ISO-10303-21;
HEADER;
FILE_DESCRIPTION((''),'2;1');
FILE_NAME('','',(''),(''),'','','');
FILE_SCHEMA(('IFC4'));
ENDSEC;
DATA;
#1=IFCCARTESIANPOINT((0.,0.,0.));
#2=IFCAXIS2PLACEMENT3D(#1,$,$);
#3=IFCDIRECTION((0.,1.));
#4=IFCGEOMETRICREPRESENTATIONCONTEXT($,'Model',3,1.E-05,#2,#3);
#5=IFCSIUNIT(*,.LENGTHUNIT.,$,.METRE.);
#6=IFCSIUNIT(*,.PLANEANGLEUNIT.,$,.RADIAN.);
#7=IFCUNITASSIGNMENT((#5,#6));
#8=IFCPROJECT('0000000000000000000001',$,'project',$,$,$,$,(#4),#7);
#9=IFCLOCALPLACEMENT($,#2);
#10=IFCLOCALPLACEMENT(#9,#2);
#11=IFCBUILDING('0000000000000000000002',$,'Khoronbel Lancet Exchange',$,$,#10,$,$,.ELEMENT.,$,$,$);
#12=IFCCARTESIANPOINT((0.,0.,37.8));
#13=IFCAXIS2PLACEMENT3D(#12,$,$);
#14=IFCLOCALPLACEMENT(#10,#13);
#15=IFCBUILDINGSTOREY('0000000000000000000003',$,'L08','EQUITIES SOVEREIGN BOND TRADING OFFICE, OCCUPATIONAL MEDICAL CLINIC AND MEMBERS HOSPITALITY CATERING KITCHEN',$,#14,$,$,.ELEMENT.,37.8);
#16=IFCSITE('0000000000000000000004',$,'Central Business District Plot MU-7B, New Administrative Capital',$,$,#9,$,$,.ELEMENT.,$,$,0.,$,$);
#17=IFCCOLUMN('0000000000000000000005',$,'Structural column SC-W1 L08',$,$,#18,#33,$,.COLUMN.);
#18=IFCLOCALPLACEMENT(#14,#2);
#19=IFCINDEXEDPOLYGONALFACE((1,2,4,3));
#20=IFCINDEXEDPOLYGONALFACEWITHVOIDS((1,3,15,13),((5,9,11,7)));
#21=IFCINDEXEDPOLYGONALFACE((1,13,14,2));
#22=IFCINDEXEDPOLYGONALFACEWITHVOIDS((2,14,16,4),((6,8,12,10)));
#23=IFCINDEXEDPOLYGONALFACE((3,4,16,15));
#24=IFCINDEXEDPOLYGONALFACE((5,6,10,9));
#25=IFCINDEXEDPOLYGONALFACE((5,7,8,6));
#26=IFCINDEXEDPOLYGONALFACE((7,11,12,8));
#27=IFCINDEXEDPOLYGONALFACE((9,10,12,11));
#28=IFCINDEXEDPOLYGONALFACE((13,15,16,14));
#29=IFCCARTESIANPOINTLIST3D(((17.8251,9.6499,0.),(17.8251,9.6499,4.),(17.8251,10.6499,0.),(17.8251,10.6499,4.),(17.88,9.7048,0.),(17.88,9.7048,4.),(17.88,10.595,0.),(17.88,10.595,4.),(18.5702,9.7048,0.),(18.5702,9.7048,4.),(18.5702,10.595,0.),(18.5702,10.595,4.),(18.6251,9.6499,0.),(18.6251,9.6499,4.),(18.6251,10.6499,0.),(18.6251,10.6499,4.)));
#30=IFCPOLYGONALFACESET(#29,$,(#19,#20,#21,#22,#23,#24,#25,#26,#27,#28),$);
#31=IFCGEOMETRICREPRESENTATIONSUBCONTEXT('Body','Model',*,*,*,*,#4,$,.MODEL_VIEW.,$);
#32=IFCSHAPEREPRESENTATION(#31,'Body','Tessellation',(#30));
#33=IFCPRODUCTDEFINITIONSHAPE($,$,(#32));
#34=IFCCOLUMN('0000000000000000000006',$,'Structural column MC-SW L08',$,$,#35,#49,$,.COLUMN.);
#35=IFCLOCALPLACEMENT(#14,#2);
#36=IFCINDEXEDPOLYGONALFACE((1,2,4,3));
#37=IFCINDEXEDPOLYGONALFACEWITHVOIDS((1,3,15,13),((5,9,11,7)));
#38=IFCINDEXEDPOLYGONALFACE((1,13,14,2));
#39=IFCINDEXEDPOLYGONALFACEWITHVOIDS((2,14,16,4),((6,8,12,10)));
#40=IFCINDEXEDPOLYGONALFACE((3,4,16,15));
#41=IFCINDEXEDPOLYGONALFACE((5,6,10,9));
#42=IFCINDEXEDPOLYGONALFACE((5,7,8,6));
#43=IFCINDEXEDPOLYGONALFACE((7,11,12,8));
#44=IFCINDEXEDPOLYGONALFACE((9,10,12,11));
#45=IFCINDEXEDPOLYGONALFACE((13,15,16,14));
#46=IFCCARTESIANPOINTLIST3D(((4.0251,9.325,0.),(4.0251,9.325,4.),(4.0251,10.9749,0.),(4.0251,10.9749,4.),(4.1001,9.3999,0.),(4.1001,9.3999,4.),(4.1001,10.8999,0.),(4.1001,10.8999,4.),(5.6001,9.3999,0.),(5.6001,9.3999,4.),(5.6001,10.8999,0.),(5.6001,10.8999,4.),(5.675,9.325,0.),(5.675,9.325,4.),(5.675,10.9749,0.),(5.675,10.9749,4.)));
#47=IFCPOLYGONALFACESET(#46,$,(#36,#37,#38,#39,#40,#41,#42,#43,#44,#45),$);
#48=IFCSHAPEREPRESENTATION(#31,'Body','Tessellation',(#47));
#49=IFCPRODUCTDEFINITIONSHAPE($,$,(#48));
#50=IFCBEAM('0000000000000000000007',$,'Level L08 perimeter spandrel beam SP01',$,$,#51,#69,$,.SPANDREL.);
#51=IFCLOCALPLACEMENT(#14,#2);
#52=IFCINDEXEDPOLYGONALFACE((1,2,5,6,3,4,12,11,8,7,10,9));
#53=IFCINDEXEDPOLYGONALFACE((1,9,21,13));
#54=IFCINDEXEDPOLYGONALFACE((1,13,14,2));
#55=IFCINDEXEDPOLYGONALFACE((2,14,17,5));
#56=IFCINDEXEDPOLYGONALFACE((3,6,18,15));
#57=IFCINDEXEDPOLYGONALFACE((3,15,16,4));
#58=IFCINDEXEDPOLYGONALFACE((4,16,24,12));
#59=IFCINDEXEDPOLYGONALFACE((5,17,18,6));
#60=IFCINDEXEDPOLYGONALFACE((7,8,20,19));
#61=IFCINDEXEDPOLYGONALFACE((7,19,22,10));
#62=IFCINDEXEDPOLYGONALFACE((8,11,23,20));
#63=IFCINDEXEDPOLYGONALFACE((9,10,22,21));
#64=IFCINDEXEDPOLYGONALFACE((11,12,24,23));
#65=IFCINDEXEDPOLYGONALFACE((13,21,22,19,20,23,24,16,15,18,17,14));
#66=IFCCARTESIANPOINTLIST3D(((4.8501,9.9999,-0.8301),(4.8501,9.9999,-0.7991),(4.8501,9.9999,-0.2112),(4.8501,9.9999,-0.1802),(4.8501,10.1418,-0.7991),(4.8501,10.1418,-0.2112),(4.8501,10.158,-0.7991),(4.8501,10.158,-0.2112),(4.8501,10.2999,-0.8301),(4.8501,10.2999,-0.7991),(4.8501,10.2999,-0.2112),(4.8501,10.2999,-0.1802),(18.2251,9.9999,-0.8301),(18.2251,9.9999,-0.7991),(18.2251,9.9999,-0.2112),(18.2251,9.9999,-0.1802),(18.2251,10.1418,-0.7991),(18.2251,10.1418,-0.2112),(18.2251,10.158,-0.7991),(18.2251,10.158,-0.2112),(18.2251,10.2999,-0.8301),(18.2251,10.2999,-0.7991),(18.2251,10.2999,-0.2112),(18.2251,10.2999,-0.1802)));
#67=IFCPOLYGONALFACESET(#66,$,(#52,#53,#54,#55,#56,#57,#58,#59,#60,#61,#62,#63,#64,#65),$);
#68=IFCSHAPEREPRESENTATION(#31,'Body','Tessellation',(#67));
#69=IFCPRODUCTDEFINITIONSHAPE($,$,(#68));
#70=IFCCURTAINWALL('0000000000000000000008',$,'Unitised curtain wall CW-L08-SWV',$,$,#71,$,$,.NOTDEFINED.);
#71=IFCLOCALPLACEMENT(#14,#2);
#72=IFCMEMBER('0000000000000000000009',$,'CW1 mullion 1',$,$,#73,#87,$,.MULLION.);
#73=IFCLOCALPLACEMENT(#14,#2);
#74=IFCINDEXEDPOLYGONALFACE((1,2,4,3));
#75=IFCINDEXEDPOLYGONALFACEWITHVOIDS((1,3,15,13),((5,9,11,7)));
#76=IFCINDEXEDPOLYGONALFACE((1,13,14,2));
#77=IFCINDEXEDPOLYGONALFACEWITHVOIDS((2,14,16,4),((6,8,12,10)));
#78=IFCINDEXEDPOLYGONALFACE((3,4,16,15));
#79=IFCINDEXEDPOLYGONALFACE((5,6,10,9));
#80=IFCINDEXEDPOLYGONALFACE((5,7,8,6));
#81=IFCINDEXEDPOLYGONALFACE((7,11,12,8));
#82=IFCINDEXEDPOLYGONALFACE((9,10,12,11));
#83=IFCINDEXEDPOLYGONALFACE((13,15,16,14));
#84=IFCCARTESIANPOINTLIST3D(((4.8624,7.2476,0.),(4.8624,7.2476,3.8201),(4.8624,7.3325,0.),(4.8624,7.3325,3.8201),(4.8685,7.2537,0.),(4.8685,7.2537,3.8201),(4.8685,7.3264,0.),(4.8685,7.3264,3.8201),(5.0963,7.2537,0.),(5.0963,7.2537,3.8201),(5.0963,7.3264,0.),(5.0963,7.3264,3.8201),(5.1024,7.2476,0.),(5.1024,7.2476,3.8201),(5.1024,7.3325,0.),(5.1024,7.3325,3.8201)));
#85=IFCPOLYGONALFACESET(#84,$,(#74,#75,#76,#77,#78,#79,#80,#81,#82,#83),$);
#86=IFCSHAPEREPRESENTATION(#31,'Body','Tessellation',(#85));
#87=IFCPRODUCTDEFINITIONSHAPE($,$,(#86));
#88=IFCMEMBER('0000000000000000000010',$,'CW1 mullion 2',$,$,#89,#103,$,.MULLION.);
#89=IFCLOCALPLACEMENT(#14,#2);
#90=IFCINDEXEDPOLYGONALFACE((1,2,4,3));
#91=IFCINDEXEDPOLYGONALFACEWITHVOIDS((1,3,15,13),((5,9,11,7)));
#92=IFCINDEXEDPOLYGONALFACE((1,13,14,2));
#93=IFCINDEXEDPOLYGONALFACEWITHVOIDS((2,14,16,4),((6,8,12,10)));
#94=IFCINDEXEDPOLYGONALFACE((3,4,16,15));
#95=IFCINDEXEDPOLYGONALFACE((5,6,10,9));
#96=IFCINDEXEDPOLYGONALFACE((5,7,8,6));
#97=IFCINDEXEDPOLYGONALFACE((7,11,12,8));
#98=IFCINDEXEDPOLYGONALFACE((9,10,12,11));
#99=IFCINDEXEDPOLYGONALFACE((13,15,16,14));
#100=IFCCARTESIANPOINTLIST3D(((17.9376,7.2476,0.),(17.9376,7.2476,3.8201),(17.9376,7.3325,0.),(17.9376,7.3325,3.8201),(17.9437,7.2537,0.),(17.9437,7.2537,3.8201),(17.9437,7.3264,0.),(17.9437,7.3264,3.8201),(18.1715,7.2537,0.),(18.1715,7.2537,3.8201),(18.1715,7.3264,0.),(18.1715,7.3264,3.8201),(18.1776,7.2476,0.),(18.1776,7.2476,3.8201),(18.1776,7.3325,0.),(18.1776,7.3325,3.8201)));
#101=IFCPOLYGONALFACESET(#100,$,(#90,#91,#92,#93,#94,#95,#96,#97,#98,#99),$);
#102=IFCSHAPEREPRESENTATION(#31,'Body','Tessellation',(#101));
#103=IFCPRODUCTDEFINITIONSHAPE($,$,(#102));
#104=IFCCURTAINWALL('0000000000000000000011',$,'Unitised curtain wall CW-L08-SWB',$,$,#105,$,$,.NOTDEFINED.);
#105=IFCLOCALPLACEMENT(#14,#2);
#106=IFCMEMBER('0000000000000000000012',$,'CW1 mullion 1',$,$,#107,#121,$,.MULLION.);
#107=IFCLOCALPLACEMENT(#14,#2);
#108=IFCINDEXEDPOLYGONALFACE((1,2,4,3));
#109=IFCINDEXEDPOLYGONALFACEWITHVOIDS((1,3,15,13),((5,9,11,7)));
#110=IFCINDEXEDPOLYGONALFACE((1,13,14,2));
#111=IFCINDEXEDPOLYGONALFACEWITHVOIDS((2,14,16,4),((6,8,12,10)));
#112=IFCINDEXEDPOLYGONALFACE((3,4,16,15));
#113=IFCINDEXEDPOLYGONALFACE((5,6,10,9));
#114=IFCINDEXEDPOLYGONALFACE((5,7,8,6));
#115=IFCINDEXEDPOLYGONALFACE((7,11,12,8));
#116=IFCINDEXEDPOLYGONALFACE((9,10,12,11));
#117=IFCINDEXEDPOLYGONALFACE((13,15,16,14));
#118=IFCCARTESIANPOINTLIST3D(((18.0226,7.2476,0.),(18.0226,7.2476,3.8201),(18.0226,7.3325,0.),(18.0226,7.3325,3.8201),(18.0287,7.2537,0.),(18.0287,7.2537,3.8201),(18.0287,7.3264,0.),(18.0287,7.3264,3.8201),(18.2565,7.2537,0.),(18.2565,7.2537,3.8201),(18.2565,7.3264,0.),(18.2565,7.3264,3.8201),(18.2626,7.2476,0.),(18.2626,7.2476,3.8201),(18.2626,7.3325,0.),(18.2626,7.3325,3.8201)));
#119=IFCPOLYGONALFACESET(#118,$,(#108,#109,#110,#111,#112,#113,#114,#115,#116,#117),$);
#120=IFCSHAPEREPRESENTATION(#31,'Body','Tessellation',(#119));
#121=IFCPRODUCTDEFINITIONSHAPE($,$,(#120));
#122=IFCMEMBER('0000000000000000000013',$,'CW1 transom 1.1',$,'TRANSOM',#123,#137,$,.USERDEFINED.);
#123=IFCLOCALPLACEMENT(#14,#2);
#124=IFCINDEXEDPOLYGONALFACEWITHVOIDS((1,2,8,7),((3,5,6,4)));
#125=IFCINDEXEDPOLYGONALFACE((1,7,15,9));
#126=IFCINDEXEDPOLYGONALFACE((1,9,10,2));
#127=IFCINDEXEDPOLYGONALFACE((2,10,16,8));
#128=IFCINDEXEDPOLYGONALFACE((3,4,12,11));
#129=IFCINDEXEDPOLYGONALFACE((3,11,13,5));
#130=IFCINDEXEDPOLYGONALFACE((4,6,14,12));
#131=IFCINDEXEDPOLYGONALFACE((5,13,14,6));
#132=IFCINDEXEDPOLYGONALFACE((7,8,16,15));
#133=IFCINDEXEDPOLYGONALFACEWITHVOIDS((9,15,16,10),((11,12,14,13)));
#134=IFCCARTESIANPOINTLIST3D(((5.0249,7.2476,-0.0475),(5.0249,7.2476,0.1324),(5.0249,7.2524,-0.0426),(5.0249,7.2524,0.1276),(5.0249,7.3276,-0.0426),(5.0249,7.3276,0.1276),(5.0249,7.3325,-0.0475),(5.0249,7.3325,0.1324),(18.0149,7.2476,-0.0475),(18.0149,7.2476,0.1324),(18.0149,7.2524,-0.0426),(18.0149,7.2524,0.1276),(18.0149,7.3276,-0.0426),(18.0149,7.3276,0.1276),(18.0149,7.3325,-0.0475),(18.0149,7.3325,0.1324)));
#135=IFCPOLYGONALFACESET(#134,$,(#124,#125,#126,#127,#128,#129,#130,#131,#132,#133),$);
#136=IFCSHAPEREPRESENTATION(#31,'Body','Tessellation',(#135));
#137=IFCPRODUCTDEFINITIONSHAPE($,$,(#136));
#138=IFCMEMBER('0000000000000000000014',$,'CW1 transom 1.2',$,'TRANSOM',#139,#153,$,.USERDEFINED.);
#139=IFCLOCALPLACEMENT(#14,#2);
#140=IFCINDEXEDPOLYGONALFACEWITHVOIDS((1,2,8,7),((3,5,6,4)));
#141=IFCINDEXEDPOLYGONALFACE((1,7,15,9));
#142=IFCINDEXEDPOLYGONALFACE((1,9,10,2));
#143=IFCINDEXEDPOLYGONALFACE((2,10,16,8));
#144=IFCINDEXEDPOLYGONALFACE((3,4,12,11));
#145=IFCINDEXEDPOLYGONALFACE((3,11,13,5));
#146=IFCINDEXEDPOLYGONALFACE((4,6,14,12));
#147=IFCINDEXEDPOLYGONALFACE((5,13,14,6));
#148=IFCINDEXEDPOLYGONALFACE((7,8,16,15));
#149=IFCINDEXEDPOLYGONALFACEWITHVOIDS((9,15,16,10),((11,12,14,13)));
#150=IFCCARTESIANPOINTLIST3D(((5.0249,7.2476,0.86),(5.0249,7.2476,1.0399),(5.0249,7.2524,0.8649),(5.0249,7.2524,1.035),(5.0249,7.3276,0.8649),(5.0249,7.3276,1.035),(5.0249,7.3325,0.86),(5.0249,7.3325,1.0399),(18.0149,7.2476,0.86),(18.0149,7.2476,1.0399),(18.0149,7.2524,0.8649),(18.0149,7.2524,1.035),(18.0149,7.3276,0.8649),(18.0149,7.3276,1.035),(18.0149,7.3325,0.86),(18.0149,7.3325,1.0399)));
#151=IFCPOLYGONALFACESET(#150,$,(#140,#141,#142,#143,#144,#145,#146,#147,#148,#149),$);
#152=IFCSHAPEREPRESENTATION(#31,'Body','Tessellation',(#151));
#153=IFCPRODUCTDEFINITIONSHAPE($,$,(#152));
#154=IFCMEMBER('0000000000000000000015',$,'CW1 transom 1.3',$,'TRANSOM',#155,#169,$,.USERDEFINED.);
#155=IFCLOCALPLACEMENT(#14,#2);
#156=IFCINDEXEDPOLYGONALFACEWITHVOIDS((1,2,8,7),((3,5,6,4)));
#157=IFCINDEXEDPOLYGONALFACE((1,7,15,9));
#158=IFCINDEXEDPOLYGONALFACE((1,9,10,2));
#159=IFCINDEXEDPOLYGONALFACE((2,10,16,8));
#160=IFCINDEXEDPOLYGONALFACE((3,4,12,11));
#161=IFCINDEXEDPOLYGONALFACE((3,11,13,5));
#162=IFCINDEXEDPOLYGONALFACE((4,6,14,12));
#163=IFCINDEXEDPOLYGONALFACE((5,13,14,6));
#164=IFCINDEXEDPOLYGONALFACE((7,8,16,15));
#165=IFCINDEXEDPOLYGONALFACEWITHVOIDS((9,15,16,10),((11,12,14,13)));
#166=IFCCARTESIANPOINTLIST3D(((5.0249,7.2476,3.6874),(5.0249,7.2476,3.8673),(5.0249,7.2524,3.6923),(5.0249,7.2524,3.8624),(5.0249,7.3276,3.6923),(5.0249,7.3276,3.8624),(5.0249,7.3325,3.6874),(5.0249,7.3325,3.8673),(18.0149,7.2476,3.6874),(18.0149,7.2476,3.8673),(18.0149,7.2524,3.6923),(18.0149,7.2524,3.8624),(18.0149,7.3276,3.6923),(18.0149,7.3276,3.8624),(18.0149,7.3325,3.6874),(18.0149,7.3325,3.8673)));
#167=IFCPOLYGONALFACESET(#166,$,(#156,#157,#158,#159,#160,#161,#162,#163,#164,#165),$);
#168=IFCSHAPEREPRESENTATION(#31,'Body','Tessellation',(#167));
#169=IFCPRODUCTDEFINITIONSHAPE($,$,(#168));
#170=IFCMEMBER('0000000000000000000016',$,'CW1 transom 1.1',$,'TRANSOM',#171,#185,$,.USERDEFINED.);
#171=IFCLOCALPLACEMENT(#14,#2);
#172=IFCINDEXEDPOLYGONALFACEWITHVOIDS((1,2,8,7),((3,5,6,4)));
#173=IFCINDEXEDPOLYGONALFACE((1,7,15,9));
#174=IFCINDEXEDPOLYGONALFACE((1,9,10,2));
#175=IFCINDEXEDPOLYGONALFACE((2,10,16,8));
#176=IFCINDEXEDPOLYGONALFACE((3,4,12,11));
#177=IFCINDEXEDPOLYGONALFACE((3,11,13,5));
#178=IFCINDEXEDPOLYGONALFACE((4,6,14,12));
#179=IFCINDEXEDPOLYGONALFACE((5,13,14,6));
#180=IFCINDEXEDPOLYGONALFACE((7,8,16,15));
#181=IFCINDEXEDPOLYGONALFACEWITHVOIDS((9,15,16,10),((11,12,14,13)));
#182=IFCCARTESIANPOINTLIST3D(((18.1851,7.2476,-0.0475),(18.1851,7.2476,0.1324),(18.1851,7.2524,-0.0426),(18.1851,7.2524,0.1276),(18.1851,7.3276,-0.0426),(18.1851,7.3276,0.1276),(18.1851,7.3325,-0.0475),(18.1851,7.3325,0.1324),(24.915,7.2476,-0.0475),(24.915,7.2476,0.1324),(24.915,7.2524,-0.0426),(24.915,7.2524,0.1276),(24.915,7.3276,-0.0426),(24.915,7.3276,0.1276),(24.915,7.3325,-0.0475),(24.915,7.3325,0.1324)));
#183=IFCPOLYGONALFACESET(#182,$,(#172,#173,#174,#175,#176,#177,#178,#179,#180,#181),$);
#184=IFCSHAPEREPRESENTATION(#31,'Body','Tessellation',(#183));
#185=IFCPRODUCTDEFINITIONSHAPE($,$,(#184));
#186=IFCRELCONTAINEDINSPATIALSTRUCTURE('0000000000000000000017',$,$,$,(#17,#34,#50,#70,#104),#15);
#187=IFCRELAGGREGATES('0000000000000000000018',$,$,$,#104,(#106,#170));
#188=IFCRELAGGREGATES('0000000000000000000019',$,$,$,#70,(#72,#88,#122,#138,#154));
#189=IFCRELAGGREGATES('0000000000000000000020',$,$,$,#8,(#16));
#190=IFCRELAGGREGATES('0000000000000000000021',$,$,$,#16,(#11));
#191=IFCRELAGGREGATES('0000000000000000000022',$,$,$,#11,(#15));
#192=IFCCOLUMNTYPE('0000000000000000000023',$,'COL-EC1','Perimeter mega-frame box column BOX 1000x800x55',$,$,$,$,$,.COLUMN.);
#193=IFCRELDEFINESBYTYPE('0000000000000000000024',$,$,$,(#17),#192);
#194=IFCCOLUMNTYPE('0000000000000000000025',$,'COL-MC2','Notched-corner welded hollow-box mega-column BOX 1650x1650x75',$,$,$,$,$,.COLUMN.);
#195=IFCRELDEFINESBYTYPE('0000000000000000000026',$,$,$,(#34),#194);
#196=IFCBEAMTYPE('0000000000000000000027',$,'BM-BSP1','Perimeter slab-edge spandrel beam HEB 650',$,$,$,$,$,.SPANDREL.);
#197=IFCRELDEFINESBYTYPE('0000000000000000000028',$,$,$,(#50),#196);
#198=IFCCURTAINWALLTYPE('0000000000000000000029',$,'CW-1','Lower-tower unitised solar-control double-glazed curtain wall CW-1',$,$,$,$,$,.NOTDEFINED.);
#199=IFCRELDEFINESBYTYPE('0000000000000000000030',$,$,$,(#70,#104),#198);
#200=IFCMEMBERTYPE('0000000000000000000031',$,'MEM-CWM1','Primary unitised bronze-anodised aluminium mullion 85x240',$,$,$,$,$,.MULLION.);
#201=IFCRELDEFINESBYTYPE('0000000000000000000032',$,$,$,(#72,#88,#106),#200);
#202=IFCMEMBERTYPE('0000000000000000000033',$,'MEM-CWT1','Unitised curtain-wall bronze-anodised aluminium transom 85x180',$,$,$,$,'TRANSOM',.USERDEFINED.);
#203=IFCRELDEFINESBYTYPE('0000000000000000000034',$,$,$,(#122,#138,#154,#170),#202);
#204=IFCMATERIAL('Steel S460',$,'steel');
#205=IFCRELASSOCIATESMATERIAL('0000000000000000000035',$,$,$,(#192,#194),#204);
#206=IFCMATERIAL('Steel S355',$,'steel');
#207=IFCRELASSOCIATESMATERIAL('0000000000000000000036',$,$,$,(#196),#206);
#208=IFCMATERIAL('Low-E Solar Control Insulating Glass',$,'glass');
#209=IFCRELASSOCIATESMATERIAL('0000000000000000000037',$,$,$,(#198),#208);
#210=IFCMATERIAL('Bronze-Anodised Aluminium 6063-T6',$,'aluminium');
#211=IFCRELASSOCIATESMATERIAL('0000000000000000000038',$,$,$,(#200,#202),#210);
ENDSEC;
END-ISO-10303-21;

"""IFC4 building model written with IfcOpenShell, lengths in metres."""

from ifc_helpers import new_model, si_unit, direction, frame, origin, origin_2d, place, context, subcontext, project, spatial, hollow_rectangle, i_section, extrude, material, material_profile, profile_set, type_object, element, aggregate, save


model = new_model("IFC4")

# Units and contexts
model_context = context("Model", 3, precision=1e-05, world=origin(), true_north=direction((0.0, 1.0)))
body_context = subcontext(model_context, "Body", "Model", "MODEL_VIEW")
ifc_project = project(units=[si_unit("LENGTHUNIT", "METRE"), si_unit("PLANEANGLEUNIT", "RADIAN")], contexts=[model_context])

# Site, building, storey
site_placement = place(None, origin())
site = spatial("IfcSite", under=ifc_project, at=site_placement, Name="Central Business District Plot MU-7B, New Administrative Capital", CompositionType="ELEMENT", RefElevation=0.0)
building_placement = place(site_placement, origin())
building = spatial("IfcBuilding", under=site, at=building_placement, Name="Khoronbel Lancet Exchange", CompositionType="ELEMENT")
storey_placement = place(building_placement, frame((0.0, 0.0, 37.8)))
storey = spatial("IfcBuildingStorey", under=building, at=storey_placement, Name="L08", Description="EQUITIES SOVEREIGN BOND TRADING OFFICE, OCCUPATIONAL MEDICAL CLINIC AND MEMBERS HOSPITALITY CATERING KITCHEN", CompositionType="ELEMENT", Elevation=37.8)

# Columns
ifc_material_1 = material(Name="Steel S460", Category="steel")
ifc_material_profile_1 = material_profile(ifc_material_1, hollow_rectangle(XDim=0.8, YDim=1.0, WallThickness=0.0549, at=origin_2d()), Name="BOX 1000x800x55")
ifc_profile_set_1 = profile_set([ifc_material_profile_1], Name="Steel S460")
column_type_1 = type_object("IfcColumnType", Name="COL-EC1", Description="Perimeter mega-frame box column BOX 1000x800x55", PredefinedType="COLUMN", material=ifc_profile_set_1)
column_1_placement = place(storey_placement, frame((18.2251, 10.1499, 0.0), z_axis=(0.0, 0.0, 1.0), x_axis=(1.0, 0.0, 0.0)))
element("IfcColumn", 1, at=column_1_placement, inside=storey, type_object=column_type_1, Name="Structural column SC-W1 L08", PredefinedType="COLUMN", context=body_context, shape_type="SweptSolid", body=[
    extrude(hollow_rectangle(XDim=0.8, YDim=1.0, WallThickness=0.0549, at=origin_2d()), origin(), (0.0, 0.0, 1.0), 4.0),
])
ifc_material_profile_2 = material_profile(ifc_material_1, hollow_rectangle(XDim=1.6499, YDim=1.6499, WallThickness=0.075, at=origin_2d()), Name="BOX 1650x1650x75")
ifc_profile_set_2 = profile_set([ifc_material_profile_2], Name="Steel S460")
column_type_2 = type_object("IfcColumnType", Name="COL-MC2", Description="Notched-corner welded hollow-box mega-column BOX 1650x1650x75", PredefinedType="COLUMN", material=ifc_profile_set_2)
column_2_placement = place(storey_placement, frame((4.8501, 10.1499, 0.0), z_axis=(0.0, 0.0, 1.0), x_axis=(1.0, 0.0, 0.0)))
element("IfcColumn", 2, at=column_2_placement, inside=storey, type_object=column_type_2, Name="Structural column MC-SW L08", PredefinedType="COLUMN", context=body_context, shape_type="SweptSolid", body=[
    extrude(hollow_rectangle(XDim=1.6499, YDim=1.6499, WallThickness=0.075, at=origin_2d()), origin(), (0.0, 0.0, 1.0), 4.0),
])

# Beam
ifc_material_2 = material(Name="Steel S355", Category="steel")
ifc_material_profile_3 = material_profile(ifc_material_2, i_section(OverallWidth=0.3, OverallDepth=0.6499, WebThickness=0.0161, FlangeThickness=0.031, at=origin_2d()), Name="HEB 650")
ifc_profile_set_3 = profile_set([ifc_material_profile_3], Name="Steel S355")
beam_type = type_object("IfcBeamType", Name="BM-BSP1", Description="Perimeter slab-edge spandrel beam HEB 650", PredefinedType="SPANDREL", material=ifc_profile_set_3)
beam_placement = place(storey_placement, frame((4.8501, 10.1499, -0.5051), z_axis=(1.0, 0.0, 0.0), x_axis=(0.0, 1.0, 0.0)))
element("IfcBeam", 3, at=beam_placement, inside=storey, type_object=beam_type, Name="Level L08 perimeter spandrel beam SP01", PredefinedType="SPANDREL", context=body_context, shape_type="SweptSolid", body=[
    extrude(i_section(OverallWidth=0.3, OverallDepth=0.6499, WebThickness=0.0161, FlangeThickness=0.031, at=origin_2d()), origin(), (0.0, 0.0, 1.0), 13.375),
])

# Curtain wall, members
ifc_material_3 = material(Name="Low-E Solar Control Insulating Glass", Category="glass")
curtain_wall_type = type_object("IfcCurtainWallType", Name="CW-1", Description="Lower-tower unitised solar-control double-glazed curtain wall CW-1", PredefinedType="NOTDEFINED", material=ifc_material_3)
curtain_wall_1_placement = place(storey_placement, origin())
curtain_wall_1 = element("IfcCurtainWall", 4, at=curtain_wall_1_placement, inside=storey, type_object=curtain_wall_type, Name="Unitised curtain wall CW-L08-SWV", PredefinedType="NOTDEFINED")
ifc_material_4 = material(Name="Bronze-Anodised Aluminium 6063-T6", Category="aluminium")
ifc_material_profile_4 = material_profile(ifc_material_4, hollow_rectangle(XDim=0.085, YDim=0.24, WallThickness=0.0061, at=origin_2d()), Name="ALU MULLION 85x240")
ifc_profile_set_4 = profile_set([ifc_material_profile_4], Name="Bronze-Anodised Aluminium 6063-T6")
member_type_1 = type_object("IfcMemberType", Name="MEM-CWM1", Description="Primary unitised bronze-anodised aluminium mullion 85x240", PredefinedType="MULLION", material=ifc_profile_set_4)
member_1_placement = place(storey_placement, frame((4.9824, 7.29, 0.0), z_axis=(0.0, 0.0, 1.0), x_axis=(0.0, 1.0, 0.0)))
member_1 = element("IfcMember", 5, at=member_1_placement, type_object=member_type_1, Name="CW1 mullion 1", PredefinedType="MULLION", context=body_context, shape_type="SweptSolid", body=[
    extrude(hollow_rectangle(XDim=0.085, YDim=0.24, WallThickness=0.0061, at=origin_2d()), origin(), (0.0, 0.0, 1.0), 3.8201),
])
member_2_placement = place(storey_placement, frame((18.0576, 7.29, 0.0), z_axis=(0.0, 0.0, 1.0), x_axis=(0.0, 1.0, 0.0)))
member_2 = element("IfcMember", 6, at=member_2_placement, type_object=member_type_1, Name="CW1 mullion 2", PredefinedType="MULLION", context=body_context, shape_type="SweptSolid", body=[
    extrude(hollow_rectangle(XDim=0.085, YDim=0.24, WallThickness=0.0061, at=origin_2d()), origin(), (0.0, 0.0, 1.0), 3.8201),
])

# Curtain wall, member
curtain_wall_2_placement = place(storey_placement, origin())
curtain_wall_2 = element("IfcCurtainWall", 7, at=curtain_wall_2_placement, inside=storey, type_object=curtain_wall_type, Name="Unitised curtain wall CW-L08-SWB", PredefinedType="NOTDEFINED")
member_3_placement = place(storey_placement, frame((18.1426, 7.29, 0.0), z_axis=(0.0, 0.0, 1.0), x_axis=(0.0, 1.0, 0.0)))
member_3 = element("IfcMember", 8, at=member_3_placement, type_object=member_type_1, Name="CW1 mullion 1", PredefinedType="MULLION", context=body_context, shape_type="SweptSolid", body=[
    extrude(hollow_rectangle(XDim=0.085, YDim=0.24, WallThickness=0.0061, at=origin_2d()), origin(), (0.0, 0.0, 1.0), 3.8201),
])

# Members
ifc_material_profile_5 = material_profile(ifc_material_4, hollow_rectangle(XDim=0.085, YDim=0.1799, WallThickness=0.0049, at=origin_2d()), Name="ALU TRANSOM 85x180")
ifc_profile_set_5 = profile_set([ifc_material_profile_5], Name="Bronze-Anodised Aluminium 6063-T6")
member_type_2 = type_object("IfcMemberType", Name="MEM-CWT1", Description="Unitised curtain-wall bronze-anodised aluminium transom 85x180", ElementType="TRANSOM", PredefinedType="USERDEFINED", material=ifc_profile_set_5)
member_4_placement = place(storey_placement, frame((5.0249, 7.29, 0.0425), z_axis=(1.0, 0.0, 0.0), x_axis=(0.0, 1.0, 0.0)))
member_4 = element("IfcMember", 9, at=member_4_placement, type_object=member_type_2, Name="CW1 transom 1.1", ObjectType="TRANSOM", PredefinedType="USERDEFINED", context=body_context, shape_type="SweptSolid", body=[
    extrude(hollow_rectangle(XDim=0.085, YDim=0.1799, WallThickness=0.0049, at=origin_2d()), origin(), (0.0, 0.0, 1.0), 12.99),
])
member_5_placement = place(storey_placement, frame((5.0249, 7.29, 0.95), z_axis=(1.0, 0.0, 0.0), x_axis=(0.0, 1.0, 0.0)))
member_5 = element("IfcMember", 10, at=member_5_placement, type_object=member_type_2, Name="CW1 transom 1.2", ObjectType="TRANSOM", PredefinedType="USERDEFINED", context=body_context, shape_type="SweptSolid", body=[
    extrude(hollow_rectangle(XDim=0.085, YDim=0.1799, WallThickness=0.0049, at=origin_2d()), origin(), (0.0, 0.0, 1.0), 12.99),
])
member_6_placement = place(storey_placement, frame((5.0249, 7.29, 3.7773), z_axis=(1.0, 0.0, 0.0), x_axis=(0.0, 1.0, 0.0)))
member_6 = element("IfcMember", 11, at=member_6_placement, type_object=member_type_2, Name="CW1 transom 1.3", ObjectType="TRANSOM", PredefinedType="USERDEFINED", context=body_context, shape_type="SweptSolid", body=[
    extrude(hollow_rectangle(XDim=0.085, YDim=0.1799, WallThickness=0.0049, at=origin_2d()), origin(), (0.0, 0.0, 1.0), 12.99),
])
member_7_placement = place(storey_placement, frame((18.1851, 7.29, 0.0425), z_axis=(1.0, 0.0, 0.0), x_axis=(0.0, 1.0, 0.0)))
member_7 = element("IfcMember", 12, at=member_7_placement, type_object=member_type_2, Name="CW1 transom 1.1", ObjectType="TRANSOM", PredefinedType="USERDEFINED", context=body_context, shape_type="SweptSolid", body=[
    extrude(hollow_rectangle(XDim=0.085, YDim=0.1799, WallThickness=0.0049, at=origin_2d()), origin(), (0.0, 0.0, 1.0), 6.73),
])
aggregate(curtain_wall_2, [member_3, member_7])

aggregate(curtain_wall_1, [member_1, member_2, member_4, member_5, member_6])

save(model, "model.ifc")
